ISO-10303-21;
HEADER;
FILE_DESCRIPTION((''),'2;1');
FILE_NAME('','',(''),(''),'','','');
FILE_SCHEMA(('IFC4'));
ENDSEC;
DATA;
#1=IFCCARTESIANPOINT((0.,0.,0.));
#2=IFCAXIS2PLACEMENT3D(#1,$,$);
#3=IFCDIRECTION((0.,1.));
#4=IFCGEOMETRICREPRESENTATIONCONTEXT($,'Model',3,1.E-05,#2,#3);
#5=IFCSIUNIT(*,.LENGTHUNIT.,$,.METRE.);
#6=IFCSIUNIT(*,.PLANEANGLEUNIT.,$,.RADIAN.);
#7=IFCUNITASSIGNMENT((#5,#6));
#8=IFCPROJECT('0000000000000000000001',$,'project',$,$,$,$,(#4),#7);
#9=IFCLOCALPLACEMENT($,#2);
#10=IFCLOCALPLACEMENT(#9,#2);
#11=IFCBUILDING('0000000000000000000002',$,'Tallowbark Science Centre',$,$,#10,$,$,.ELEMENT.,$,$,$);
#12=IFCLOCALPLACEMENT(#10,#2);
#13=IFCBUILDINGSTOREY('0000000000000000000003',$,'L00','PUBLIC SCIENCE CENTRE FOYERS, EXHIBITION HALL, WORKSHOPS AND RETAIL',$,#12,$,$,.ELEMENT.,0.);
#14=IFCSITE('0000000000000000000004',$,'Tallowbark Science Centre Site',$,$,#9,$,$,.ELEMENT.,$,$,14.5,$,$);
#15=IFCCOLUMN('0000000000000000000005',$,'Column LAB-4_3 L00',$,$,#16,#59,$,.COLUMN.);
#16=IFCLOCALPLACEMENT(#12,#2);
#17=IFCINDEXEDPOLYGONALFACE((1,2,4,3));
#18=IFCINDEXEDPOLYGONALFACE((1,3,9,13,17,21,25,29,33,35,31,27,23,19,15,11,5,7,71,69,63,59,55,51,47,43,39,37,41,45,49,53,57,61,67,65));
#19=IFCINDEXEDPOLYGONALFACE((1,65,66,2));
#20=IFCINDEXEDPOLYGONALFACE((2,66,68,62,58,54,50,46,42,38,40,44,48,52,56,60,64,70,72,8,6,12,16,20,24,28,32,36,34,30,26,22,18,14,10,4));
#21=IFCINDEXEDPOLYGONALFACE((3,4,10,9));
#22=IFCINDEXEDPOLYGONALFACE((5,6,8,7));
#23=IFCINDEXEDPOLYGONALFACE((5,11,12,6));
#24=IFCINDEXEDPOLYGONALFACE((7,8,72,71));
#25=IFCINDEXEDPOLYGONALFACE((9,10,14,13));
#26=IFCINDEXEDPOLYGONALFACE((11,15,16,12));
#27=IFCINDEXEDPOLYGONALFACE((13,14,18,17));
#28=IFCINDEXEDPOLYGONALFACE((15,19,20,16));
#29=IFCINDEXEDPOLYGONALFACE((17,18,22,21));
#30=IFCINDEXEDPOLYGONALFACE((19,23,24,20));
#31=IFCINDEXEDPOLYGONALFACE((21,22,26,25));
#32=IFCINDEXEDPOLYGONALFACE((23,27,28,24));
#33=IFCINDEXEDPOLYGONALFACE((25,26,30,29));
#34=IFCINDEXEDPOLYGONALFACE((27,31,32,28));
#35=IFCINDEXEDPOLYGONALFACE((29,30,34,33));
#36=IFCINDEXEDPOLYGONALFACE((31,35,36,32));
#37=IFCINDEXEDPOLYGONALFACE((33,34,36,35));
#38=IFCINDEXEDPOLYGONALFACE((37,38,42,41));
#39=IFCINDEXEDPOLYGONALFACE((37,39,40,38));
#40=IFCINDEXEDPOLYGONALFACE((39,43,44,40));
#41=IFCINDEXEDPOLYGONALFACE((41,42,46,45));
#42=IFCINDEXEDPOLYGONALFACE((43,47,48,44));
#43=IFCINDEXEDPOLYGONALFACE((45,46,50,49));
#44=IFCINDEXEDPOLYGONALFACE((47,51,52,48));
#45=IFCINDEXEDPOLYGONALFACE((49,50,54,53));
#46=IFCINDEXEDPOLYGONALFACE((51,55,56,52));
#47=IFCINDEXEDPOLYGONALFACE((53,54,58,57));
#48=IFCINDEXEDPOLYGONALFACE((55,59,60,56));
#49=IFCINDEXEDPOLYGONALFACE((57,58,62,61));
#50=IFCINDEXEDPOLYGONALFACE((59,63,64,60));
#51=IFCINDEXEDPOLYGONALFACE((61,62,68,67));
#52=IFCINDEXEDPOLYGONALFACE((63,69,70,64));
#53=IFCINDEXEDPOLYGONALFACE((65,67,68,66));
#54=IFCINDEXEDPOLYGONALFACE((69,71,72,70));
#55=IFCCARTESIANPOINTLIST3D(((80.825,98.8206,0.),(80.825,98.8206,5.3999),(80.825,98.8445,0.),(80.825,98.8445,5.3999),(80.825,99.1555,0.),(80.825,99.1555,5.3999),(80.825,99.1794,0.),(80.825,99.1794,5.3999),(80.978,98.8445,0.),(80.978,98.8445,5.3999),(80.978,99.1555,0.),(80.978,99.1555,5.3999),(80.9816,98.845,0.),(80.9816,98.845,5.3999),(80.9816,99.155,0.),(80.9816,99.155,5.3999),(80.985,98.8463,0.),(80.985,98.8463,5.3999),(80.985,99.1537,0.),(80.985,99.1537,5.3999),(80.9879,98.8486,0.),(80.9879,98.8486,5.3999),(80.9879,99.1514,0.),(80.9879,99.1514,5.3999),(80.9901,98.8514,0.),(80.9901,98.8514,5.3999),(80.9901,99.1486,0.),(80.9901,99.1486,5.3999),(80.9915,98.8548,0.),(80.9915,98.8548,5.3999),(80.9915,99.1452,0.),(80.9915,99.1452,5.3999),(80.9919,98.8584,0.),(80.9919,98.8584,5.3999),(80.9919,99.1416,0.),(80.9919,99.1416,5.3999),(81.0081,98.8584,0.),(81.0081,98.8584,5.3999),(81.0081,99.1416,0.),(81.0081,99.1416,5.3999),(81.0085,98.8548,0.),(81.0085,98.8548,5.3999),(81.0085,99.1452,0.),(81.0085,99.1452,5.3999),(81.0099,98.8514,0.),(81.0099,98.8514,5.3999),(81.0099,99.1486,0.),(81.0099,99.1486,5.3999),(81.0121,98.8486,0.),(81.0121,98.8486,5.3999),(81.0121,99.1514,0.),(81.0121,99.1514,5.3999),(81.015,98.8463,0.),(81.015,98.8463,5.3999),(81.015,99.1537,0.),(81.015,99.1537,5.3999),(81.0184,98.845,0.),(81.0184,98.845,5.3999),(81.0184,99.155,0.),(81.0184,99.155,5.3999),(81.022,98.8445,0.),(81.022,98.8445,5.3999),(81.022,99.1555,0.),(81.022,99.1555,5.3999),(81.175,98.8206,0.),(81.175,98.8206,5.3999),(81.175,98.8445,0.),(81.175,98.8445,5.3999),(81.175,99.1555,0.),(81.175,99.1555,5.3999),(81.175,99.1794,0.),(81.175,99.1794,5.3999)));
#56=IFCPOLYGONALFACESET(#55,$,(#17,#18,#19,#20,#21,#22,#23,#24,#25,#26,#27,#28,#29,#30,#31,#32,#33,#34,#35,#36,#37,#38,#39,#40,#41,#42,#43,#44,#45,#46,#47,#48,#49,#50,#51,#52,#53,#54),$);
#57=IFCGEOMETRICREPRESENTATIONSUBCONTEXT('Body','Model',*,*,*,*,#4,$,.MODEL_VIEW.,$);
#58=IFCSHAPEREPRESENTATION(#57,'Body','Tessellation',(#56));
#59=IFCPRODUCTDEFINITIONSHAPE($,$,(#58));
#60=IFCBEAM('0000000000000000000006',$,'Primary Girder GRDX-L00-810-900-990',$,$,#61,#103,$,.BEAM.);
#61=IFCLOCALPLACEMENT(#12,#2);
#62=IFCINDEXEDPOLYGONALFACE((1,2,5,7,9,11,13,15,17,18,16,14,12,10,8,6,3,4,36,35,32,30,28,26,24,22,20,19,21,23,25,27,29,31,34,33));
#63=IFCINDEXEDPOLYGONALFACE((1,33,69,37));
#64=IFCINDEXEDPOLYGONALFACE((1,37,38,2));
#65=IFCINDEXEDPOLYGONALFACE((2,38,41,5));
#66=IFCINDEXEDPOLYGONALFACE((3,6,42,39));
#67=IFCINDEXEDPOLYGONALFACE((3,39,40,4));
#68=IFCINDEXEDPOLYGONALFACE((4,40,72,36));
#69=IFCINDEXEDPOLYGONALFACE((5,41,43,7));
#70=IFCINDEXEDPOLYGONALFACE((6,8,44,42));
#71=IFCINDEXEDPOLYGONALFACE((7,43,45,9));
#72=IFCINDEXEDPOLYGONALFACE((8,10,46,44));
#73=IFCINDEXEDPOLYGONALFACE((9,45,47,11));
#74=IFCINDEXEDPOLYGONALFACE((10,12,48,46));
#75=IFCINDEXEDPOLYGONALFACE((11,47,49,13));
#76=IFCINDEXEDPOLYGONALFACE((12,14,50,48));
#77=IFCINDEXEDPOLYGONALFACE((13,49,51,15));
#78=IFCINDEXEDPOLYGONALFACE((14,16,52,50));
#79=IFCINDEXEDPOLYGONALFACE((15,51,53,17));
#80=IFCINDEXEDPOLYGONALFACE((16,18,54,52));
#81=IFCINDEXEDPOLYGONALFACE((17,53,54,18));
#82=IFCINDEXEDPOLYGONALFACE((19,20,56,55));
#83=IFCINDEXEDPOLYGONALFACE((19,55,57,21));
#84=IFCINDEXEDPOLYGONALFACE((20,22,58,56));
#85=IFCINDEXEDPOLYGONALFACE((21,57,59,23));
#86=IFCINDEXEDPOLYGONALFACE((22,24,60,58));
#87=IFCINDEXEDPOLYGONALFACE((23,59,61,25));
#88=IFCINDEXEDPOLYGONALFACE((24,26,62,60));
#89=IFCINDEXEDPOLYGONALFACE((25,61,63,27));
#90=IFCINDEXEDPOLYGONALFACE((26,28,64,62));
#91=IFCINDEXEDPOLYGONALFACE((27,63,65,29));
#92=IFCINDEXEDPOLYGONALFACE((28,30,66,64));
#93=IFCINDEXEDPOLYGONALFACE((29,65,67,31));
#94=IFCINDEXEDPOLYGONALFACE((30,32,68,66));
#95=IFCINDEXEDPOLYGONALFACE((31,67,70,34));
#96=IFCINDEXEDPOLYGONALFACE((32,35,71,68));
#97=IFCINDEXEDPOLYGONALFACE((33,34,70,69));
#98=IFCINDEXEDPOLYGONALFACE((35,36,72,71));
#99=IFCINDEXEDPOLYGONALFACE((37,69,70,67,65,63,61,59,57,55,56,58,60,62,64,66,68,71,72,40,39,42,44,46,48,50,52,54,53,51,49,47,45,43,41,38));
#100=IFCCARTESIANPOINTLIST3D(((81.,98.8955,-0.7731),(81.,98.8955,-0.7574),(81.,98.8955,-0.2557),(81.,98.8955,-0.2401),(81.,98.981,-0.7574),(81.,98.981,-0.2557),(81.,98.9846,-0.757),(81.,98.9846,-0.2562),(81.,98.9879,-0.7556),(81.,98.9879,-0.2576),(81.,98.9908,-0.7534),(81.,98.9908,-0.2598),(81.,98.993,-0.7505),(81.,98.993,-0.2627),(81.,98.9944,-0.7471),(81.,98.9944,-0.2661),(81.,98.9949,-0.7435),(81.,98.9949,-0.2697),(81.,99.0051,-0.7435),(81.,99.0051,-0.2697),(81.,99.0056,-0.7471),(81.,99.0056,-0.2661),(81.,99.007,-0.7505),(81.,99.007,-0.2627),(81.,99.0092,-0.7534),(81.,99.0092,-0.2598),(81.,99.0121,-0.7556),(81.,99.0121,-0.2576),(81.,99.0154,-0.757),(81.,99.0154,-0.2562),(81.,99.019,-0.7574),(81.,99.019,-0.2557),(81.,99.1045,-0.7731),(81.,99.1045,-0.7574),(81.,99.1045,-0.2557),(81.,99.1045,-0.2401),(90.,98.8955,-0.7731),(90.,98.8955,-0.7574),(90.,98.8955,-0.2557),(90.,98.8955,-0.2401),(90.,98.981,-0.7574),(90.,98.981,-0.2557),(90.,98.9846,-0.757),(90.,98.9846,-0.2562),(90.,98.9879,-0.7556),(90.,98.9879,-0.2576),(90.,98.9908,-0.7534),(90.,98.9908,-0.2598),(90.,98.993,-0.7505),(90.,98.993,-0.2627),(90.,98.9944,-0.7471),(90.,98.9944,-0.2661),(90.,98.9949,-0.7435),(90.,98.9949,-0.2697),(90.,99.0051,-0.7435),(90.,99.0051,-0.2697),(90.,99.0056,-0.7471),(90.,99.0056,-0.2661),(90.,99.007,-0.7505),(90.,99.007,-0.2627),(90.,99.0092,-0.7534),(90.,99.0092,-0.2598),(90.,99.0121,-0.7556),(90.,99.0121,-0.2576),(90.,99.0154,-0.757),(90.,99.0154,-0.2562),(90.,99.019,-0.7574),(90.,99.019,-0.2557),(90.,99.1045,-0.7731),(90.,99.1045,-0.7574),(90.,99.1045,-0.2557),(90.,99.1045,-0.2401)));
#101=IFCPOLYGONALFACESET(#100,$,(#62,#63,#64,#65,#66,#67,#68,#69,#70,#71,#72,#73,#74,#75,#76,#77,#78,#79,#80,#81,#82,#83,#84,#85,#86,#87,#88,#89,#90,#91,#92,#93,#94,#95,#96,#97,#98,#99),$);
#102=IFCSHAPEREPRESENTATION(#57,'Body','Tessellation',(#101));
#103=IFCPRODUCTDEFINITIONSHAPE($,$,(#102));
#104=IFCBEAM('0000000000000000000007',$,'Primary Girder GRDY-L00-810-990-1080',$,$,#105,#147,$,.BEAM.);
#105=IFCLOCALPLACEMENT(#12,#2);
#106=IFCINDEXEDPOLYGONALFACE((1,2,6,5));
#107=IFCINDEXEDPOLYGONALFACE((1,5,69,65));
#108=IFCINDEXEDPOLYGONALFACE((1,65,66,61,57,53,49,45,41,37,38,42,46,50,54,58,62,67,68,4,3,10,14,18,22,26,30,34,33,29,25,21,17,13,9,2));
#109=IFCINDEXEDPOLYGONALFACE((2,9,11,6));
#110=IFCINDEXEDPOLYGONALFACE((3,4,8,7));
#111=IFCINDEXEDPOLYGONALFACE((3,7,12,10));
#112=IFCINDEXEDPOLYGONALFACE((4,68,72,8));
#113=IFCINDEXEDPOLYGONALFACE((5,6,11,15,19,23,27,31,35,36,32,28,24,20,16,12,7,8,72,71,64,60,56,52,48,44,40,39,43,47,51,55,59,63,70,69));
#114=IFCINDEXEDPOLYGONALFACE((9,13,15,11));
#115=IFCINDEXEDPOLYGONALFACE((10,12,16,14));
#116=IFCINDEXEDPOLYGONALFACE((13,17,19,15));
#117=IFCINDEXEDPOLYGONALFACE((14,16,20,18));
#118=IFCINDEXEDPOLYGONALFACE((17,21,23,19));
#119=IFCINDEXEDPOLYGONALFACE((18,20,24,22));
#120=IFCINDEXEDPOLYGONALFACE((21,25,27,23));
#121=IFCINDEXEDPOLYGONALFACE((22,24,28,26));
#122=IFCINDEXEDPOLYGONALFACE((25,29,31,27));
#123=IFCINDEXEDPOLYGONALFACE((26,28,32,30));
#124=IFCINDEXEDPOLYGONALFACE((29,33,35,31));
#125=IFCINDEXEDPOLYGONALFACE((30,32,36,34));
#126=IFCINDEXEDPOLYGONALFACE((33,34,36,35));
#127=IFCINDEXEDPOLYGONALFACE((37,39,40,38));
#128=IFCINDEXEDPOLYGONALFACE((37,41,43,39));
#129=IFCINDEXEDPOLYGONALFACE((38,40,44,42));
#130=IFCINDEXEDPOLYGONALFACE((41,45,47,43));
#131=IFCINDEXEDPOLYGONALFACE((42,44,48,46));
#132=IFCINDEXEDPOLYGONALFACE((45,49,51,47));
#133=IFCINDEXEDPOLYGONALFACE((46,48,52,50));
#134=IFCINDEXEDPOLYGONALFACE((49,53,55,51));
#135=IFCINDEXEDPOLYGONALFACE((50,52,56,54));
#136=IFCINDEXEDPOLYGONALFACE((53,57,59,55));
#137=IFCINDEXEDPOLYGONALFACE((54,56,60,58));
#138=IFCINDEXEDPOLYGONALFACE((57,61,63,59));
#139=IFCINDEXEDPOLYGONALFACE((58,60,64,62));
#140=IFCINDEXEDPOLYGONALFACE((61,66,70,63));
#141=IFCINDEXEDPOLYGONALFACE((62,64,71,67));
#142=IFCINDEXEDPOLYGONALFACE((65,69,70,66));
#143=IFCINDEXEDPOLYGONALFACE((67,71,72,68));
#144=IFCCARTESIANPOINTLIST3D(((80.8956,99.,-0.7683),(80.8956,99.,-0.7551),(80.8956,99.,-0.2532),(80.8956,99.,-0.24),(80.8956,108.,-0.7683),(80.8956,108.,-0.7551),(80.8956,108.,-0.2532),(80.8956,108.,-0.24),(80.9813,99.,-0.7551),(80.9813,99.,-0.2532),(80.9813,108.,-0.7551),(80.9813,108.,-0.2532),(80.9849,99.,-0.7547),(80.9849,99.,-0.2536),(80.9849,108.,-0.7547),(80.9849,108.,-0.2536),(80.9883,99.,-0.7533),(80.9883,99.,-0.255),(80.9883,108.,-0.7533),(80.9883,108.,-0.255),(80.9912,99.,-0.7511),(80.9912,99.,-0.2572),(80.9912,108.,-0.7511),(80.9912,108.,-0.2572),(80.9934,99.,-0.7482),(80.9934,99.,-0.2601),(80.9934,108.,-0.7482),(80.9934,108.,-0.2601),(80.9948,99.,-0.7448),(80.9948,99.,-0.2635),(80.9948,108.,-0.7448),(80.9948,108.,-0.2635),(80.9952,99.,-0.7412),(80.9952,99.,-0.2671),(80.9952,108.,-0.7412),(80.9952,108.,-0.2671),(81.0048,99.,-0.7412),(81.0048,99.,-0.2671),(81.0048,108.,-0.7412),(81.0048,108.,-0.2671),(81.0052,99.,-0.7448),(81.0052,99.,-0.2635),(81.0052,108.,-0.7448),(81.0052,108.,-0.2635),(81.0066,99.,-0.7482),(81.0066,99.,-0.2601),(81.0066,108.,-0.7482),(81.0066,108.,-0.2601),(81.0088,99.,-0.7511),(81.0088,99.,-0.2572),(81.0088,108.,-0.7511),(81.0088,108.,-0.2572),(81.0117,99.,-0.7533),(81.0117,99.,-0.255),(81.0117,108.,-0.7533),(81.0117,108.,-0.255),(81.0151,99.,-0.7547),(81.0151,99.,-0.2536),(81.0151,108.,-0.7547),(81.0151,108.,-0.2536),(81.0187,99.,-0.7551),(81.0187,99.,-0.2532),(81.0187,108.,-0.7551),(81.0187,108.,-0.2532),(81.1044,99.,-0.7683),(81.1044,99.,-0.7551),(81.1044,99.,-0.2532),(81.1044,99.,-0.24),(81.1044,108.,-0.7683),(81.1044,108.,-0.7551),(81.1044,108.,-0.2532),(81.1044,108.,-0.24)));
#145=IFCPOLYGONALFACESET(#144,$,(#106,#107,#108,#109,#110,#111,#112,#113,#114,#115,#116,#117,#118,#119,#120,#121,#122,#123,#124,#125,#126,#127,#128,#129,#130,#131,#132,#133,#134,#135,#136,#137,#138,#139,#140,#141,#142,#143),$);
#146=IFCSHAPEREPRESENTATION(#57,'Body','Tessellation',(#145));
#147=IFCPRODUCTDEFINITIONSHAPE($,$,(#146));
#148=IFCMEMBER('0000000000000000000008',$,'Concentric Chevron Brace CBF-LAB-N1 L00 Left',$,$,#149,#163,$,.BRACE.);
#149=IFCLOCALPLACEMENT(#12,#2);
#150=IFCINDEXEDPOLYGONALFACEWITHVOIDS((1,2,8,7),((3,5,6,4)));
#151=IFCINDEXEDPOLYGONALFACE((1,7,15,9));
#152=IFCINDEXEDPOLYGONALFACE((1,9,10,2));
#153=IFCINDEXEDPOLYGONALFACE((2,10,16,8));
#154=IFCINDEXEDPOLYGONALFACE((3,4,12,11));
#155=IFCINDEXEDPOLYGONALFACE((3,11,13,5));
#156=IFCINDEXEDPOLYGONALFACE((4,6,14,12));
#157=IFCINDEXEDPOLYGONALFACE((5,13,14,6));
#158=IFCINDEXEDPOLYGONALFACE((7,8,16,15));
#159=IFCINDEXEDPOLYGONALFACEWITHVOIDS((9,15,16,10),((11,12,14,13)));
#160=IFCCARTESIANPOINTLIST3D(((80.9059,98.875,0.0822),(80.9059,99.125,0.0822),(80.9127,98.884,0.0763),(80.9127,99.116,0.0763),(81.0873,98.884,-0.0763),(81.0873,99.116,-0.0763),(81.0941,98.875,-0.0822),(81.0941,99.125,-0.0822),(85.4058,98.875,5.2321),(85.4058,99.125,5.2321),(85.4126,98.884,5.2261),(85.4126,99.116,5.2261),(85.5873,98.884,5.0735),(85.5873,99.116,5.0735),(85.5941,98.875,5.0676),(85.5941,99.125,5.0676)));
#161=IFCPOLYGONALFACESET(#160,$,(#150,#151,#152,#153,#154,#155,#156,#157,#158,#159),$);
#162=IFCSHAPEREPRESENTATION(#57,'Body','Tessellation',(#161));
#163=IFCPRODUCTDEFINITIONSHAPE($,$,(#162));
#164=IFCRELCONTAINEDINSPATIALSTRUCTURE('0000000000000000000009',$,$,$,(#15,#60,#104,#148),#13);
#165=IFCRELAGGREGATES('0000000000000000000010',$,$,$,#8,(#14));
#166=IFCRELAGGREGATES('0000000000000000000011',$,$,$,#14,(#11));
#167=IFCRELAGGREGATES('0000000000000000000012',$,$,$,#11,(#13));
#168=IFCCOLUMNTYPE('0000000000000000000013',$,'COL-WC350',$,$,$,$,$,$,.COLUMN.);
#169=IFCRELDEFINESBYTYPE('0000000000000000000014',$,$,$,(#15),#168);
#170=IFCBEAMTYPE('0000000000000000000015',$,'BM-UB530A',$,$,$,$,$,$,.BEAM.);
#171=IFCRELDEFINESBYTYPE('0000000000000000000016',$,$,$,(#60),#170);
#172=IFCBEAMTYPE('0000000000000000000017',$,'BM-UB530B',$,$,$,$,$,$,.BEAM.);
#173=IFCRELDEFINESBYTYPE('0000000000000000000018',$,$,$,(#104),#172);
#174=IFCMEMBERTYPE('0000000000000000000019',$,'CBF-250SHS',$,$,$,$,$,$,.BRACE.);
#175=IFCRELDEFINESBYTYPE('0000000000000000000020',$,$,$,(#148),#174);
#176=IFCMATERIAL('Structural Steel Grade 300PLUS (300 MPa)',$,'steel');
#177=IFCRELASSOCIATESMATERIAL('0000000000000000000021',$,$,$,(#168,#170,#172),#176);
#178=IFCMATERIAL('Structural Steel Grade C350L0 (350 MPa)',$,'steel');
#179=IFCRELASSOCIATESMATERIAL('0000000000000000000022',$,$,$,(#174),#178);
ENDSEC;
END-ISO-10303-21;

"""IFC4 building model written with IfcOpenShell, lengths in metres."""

from ifc_helpers import new_model, si_unit, direction, frame, origin, origin_2d, place, context, subcontext, project, spatial, hollow_rectangle, i_section, extrude, material, material_profile, profile_set, type_object, element, save


model = new_model("IFC4")

# Units and contexts
model_context = context("Model", 3, precision=1e-05, world=origin(), true_north=direction((0.0, 1.0)))
body_context = subcontext(model_context, "Body", "Model", "MODEL_VIEW")
ifc_project = project(units=[si_unit("LENGTHUNIT", "METRE"), si_unit("PLANEANGLEUNIT", "RADIAN")], contexts=[model_context])

# Site, building, storey
site_placement = place(None, origin())
site = spatial("IfcSite", under=ifc_project, at=site_placement, Name="Tallowbark Science Centre Site", CompositionType="ELEMENT", RefElevation=14.5)
building_placement = place(site_placement, origin())
building = spatial("IfcBuilding", under=site, at=building_placement, Name="Tallowbark Science Centre", CompositionType="ELEMENT")
storey_placement = place(building_placement, origin())
storey = spatial("IfcBuildingStorey", under=building, at=storey_placement, Name="L00", Description="PUBLIC SCIENCE CENTRE FOYERS, EXHIBITION HALL, WORKSHOPS AND RETAIL", CompositionType="ELEMENT", Elevation=0.0)

# Column
ifc_material_1 = material(Name="Structural Steel Grade 300PLUS (300 MPa)", Category="steel")
ifc_material_profile_1 = material_profile(ifc_material_1, i_section(OverallWidth=0.3501, OverallDepth=0.3589, WebThickness=0.0161, FlangeThickness=0.0239, FilletRadius=0.0139, at=origin_2d()), Name="350WC197")
ifc_profile_set_1 = profile_set([ifc_material_profile_1], Name="Structural Steel Grade 300PLUS (300 MPa)")
column_type = type_object("IfcColumnType", Name="COL-WC350", PredefinedType="COLUMN", material=ifc_profile_set_1)
column_placement = place(storey_placement, frame((81.0, 99.0, 0.0), z_axis=(0.0, 0.0, 1.0), x_axis=(1.0, 0.0, 0.0)))
element("IfcColumn", 1, at=column_placement, inside=storey, type_object=column_type, Name="Column LAB-4_3 L00", PredefinedType="COLUMN", context=body_context, shape_type="SweptSolid", body=[
    extrude(i_section(OverallWidth=0.3501, OverallDepth=0.3589, WebThickness=0.0161, FlangeThickness=0.0239, FilletRadius=0.0139, at=origin_2d()), origin(), (0.0, 0.0, 1.0), 5.3999),
])

# Beams
ifc_material_profile_2 = material_profile(ifc_material_1, i_section(OverallWidth=0.209, OverallDepth=0.533, WebThickness=0.0103, FlangeThickness=0.0156, FilletRadius=0.0139, at=origin_2d()), Name="530UB92.4")
ifc_profile_set_2 = profile_set([ifc_material_profile_2], Name="Structural Steel Grade 300PLUS (300 MPa)")
beam_type_1 = type_object("IfcBeamType", Name="BM-UB530A", PredefinedType="BEAM", material=ifc_profile_set_2)
beam_1_placement = place(storey_placement, frame((81.0, 99.0, -0.5066), z_axis=(1.0, 0.0, 0.0), x_axis=(0.0, 1.0, 0.0)))
element("IfcBeam", 2, at=beam_1_placement, inside=storey, type_object=beam_type_1, Name="Primary Girder GRDX-L00-810-900-990", PredefinedType="BEAM", context=body_context, shape_type="SweptSolid", body=[
    extrude(i_section(OverallWidth=0.209, OverallDepth=0.533, WebThickness=0.0103, FlangeThickness=0.0156, FilletRadius=0.0139, at=origin_2d()), origin(), (0.0, 0.0, 1.0), 9.0),
])
ifc_material_profile_3 = material_profile(ifc_material_1, i_section(OverallWidth=0.2087, OverallDepth=0.5283, WebThickness=0.0095, FlangeThickness=0.0132, FilletRadius=0.0139, at=origin_2d()), Name="530UB82.0")
ifc_profile_set_3 = profile_set([ifc_material_profile_3], Name="Structural Steel Grade 300PLUS (300 MPa)")
beam_type_2 = type_object("IfcBeamType", Name="BM-UB530B", PredefinedType="BEAM", material=ifc_profile_set_3)
beam_2_placement = place(storey_placement, frame((81.0, 99.0, -0.5042), z_axis=(0.0, 1.0, 0.0), x_axis=(-1.0, 0.0, 0.0)))
element("IfcBeam", 3, at=beam_2_placement, inside=storey, type_object=beam_type_2, Name="Primary Girder GRDY-L00-810-990-1080", PredefinedType="BEAM", context=body_context, shape_type="SweptSolid", body=[
    extrude(i_section(OverallWidth=0.2087, OverallDepth=0.5283, WebThickness=0.0095, FlangeThickness=0.0132, FilletRadius=0.0139, at=origin_2d()), origin(), (0.0, 0.0, 1.0), 9.0),
])

# Member
ifc_material_2 = material(Name="Structural Steel Grade C350L0 (350 MPa)", Category="steel")
ifc_material_profile_4 = material_profile(ifc_material_2, hollow_rectangle(XDim=0.25, YDim=0.25, WallThickness=0.009, at=origin_2d()), Name="250x250x9.0SHS")
ifc_profile_set_4 = profile_set([ifc_material_profile_4], Name="Structural Steel Grade C350L0 (350 MPa)")
member_type = type_object("IfcMemberType", Name="CBF-250SHS", PredefinedType="BRACE", material=ifc_profile_set_4)
member_placement = place(storey_placement, frame((81.0, 99.0, 0.0), z_axis=(0.657994, 0.0, 0.753023), x_axis=(0.0, 1.0, 0.0)))
element("IfcMember", 4, at=member_placement, inside=storey, type_object=member_type, Name="Concentric Chevron Brace CBF-LAB-N1 L00 Left", PredefinedType="BRACE", context=body_context, shape_type="SweptSolid", body=[
    extrude(hollow_rectangle(XDim=0.25, YDim=0.25, WallThickness=0.009, at=origin_2d()), origin(), (0.0, 0.0, 1.0), 6.8389),
])

save(model, "model.ifc")
